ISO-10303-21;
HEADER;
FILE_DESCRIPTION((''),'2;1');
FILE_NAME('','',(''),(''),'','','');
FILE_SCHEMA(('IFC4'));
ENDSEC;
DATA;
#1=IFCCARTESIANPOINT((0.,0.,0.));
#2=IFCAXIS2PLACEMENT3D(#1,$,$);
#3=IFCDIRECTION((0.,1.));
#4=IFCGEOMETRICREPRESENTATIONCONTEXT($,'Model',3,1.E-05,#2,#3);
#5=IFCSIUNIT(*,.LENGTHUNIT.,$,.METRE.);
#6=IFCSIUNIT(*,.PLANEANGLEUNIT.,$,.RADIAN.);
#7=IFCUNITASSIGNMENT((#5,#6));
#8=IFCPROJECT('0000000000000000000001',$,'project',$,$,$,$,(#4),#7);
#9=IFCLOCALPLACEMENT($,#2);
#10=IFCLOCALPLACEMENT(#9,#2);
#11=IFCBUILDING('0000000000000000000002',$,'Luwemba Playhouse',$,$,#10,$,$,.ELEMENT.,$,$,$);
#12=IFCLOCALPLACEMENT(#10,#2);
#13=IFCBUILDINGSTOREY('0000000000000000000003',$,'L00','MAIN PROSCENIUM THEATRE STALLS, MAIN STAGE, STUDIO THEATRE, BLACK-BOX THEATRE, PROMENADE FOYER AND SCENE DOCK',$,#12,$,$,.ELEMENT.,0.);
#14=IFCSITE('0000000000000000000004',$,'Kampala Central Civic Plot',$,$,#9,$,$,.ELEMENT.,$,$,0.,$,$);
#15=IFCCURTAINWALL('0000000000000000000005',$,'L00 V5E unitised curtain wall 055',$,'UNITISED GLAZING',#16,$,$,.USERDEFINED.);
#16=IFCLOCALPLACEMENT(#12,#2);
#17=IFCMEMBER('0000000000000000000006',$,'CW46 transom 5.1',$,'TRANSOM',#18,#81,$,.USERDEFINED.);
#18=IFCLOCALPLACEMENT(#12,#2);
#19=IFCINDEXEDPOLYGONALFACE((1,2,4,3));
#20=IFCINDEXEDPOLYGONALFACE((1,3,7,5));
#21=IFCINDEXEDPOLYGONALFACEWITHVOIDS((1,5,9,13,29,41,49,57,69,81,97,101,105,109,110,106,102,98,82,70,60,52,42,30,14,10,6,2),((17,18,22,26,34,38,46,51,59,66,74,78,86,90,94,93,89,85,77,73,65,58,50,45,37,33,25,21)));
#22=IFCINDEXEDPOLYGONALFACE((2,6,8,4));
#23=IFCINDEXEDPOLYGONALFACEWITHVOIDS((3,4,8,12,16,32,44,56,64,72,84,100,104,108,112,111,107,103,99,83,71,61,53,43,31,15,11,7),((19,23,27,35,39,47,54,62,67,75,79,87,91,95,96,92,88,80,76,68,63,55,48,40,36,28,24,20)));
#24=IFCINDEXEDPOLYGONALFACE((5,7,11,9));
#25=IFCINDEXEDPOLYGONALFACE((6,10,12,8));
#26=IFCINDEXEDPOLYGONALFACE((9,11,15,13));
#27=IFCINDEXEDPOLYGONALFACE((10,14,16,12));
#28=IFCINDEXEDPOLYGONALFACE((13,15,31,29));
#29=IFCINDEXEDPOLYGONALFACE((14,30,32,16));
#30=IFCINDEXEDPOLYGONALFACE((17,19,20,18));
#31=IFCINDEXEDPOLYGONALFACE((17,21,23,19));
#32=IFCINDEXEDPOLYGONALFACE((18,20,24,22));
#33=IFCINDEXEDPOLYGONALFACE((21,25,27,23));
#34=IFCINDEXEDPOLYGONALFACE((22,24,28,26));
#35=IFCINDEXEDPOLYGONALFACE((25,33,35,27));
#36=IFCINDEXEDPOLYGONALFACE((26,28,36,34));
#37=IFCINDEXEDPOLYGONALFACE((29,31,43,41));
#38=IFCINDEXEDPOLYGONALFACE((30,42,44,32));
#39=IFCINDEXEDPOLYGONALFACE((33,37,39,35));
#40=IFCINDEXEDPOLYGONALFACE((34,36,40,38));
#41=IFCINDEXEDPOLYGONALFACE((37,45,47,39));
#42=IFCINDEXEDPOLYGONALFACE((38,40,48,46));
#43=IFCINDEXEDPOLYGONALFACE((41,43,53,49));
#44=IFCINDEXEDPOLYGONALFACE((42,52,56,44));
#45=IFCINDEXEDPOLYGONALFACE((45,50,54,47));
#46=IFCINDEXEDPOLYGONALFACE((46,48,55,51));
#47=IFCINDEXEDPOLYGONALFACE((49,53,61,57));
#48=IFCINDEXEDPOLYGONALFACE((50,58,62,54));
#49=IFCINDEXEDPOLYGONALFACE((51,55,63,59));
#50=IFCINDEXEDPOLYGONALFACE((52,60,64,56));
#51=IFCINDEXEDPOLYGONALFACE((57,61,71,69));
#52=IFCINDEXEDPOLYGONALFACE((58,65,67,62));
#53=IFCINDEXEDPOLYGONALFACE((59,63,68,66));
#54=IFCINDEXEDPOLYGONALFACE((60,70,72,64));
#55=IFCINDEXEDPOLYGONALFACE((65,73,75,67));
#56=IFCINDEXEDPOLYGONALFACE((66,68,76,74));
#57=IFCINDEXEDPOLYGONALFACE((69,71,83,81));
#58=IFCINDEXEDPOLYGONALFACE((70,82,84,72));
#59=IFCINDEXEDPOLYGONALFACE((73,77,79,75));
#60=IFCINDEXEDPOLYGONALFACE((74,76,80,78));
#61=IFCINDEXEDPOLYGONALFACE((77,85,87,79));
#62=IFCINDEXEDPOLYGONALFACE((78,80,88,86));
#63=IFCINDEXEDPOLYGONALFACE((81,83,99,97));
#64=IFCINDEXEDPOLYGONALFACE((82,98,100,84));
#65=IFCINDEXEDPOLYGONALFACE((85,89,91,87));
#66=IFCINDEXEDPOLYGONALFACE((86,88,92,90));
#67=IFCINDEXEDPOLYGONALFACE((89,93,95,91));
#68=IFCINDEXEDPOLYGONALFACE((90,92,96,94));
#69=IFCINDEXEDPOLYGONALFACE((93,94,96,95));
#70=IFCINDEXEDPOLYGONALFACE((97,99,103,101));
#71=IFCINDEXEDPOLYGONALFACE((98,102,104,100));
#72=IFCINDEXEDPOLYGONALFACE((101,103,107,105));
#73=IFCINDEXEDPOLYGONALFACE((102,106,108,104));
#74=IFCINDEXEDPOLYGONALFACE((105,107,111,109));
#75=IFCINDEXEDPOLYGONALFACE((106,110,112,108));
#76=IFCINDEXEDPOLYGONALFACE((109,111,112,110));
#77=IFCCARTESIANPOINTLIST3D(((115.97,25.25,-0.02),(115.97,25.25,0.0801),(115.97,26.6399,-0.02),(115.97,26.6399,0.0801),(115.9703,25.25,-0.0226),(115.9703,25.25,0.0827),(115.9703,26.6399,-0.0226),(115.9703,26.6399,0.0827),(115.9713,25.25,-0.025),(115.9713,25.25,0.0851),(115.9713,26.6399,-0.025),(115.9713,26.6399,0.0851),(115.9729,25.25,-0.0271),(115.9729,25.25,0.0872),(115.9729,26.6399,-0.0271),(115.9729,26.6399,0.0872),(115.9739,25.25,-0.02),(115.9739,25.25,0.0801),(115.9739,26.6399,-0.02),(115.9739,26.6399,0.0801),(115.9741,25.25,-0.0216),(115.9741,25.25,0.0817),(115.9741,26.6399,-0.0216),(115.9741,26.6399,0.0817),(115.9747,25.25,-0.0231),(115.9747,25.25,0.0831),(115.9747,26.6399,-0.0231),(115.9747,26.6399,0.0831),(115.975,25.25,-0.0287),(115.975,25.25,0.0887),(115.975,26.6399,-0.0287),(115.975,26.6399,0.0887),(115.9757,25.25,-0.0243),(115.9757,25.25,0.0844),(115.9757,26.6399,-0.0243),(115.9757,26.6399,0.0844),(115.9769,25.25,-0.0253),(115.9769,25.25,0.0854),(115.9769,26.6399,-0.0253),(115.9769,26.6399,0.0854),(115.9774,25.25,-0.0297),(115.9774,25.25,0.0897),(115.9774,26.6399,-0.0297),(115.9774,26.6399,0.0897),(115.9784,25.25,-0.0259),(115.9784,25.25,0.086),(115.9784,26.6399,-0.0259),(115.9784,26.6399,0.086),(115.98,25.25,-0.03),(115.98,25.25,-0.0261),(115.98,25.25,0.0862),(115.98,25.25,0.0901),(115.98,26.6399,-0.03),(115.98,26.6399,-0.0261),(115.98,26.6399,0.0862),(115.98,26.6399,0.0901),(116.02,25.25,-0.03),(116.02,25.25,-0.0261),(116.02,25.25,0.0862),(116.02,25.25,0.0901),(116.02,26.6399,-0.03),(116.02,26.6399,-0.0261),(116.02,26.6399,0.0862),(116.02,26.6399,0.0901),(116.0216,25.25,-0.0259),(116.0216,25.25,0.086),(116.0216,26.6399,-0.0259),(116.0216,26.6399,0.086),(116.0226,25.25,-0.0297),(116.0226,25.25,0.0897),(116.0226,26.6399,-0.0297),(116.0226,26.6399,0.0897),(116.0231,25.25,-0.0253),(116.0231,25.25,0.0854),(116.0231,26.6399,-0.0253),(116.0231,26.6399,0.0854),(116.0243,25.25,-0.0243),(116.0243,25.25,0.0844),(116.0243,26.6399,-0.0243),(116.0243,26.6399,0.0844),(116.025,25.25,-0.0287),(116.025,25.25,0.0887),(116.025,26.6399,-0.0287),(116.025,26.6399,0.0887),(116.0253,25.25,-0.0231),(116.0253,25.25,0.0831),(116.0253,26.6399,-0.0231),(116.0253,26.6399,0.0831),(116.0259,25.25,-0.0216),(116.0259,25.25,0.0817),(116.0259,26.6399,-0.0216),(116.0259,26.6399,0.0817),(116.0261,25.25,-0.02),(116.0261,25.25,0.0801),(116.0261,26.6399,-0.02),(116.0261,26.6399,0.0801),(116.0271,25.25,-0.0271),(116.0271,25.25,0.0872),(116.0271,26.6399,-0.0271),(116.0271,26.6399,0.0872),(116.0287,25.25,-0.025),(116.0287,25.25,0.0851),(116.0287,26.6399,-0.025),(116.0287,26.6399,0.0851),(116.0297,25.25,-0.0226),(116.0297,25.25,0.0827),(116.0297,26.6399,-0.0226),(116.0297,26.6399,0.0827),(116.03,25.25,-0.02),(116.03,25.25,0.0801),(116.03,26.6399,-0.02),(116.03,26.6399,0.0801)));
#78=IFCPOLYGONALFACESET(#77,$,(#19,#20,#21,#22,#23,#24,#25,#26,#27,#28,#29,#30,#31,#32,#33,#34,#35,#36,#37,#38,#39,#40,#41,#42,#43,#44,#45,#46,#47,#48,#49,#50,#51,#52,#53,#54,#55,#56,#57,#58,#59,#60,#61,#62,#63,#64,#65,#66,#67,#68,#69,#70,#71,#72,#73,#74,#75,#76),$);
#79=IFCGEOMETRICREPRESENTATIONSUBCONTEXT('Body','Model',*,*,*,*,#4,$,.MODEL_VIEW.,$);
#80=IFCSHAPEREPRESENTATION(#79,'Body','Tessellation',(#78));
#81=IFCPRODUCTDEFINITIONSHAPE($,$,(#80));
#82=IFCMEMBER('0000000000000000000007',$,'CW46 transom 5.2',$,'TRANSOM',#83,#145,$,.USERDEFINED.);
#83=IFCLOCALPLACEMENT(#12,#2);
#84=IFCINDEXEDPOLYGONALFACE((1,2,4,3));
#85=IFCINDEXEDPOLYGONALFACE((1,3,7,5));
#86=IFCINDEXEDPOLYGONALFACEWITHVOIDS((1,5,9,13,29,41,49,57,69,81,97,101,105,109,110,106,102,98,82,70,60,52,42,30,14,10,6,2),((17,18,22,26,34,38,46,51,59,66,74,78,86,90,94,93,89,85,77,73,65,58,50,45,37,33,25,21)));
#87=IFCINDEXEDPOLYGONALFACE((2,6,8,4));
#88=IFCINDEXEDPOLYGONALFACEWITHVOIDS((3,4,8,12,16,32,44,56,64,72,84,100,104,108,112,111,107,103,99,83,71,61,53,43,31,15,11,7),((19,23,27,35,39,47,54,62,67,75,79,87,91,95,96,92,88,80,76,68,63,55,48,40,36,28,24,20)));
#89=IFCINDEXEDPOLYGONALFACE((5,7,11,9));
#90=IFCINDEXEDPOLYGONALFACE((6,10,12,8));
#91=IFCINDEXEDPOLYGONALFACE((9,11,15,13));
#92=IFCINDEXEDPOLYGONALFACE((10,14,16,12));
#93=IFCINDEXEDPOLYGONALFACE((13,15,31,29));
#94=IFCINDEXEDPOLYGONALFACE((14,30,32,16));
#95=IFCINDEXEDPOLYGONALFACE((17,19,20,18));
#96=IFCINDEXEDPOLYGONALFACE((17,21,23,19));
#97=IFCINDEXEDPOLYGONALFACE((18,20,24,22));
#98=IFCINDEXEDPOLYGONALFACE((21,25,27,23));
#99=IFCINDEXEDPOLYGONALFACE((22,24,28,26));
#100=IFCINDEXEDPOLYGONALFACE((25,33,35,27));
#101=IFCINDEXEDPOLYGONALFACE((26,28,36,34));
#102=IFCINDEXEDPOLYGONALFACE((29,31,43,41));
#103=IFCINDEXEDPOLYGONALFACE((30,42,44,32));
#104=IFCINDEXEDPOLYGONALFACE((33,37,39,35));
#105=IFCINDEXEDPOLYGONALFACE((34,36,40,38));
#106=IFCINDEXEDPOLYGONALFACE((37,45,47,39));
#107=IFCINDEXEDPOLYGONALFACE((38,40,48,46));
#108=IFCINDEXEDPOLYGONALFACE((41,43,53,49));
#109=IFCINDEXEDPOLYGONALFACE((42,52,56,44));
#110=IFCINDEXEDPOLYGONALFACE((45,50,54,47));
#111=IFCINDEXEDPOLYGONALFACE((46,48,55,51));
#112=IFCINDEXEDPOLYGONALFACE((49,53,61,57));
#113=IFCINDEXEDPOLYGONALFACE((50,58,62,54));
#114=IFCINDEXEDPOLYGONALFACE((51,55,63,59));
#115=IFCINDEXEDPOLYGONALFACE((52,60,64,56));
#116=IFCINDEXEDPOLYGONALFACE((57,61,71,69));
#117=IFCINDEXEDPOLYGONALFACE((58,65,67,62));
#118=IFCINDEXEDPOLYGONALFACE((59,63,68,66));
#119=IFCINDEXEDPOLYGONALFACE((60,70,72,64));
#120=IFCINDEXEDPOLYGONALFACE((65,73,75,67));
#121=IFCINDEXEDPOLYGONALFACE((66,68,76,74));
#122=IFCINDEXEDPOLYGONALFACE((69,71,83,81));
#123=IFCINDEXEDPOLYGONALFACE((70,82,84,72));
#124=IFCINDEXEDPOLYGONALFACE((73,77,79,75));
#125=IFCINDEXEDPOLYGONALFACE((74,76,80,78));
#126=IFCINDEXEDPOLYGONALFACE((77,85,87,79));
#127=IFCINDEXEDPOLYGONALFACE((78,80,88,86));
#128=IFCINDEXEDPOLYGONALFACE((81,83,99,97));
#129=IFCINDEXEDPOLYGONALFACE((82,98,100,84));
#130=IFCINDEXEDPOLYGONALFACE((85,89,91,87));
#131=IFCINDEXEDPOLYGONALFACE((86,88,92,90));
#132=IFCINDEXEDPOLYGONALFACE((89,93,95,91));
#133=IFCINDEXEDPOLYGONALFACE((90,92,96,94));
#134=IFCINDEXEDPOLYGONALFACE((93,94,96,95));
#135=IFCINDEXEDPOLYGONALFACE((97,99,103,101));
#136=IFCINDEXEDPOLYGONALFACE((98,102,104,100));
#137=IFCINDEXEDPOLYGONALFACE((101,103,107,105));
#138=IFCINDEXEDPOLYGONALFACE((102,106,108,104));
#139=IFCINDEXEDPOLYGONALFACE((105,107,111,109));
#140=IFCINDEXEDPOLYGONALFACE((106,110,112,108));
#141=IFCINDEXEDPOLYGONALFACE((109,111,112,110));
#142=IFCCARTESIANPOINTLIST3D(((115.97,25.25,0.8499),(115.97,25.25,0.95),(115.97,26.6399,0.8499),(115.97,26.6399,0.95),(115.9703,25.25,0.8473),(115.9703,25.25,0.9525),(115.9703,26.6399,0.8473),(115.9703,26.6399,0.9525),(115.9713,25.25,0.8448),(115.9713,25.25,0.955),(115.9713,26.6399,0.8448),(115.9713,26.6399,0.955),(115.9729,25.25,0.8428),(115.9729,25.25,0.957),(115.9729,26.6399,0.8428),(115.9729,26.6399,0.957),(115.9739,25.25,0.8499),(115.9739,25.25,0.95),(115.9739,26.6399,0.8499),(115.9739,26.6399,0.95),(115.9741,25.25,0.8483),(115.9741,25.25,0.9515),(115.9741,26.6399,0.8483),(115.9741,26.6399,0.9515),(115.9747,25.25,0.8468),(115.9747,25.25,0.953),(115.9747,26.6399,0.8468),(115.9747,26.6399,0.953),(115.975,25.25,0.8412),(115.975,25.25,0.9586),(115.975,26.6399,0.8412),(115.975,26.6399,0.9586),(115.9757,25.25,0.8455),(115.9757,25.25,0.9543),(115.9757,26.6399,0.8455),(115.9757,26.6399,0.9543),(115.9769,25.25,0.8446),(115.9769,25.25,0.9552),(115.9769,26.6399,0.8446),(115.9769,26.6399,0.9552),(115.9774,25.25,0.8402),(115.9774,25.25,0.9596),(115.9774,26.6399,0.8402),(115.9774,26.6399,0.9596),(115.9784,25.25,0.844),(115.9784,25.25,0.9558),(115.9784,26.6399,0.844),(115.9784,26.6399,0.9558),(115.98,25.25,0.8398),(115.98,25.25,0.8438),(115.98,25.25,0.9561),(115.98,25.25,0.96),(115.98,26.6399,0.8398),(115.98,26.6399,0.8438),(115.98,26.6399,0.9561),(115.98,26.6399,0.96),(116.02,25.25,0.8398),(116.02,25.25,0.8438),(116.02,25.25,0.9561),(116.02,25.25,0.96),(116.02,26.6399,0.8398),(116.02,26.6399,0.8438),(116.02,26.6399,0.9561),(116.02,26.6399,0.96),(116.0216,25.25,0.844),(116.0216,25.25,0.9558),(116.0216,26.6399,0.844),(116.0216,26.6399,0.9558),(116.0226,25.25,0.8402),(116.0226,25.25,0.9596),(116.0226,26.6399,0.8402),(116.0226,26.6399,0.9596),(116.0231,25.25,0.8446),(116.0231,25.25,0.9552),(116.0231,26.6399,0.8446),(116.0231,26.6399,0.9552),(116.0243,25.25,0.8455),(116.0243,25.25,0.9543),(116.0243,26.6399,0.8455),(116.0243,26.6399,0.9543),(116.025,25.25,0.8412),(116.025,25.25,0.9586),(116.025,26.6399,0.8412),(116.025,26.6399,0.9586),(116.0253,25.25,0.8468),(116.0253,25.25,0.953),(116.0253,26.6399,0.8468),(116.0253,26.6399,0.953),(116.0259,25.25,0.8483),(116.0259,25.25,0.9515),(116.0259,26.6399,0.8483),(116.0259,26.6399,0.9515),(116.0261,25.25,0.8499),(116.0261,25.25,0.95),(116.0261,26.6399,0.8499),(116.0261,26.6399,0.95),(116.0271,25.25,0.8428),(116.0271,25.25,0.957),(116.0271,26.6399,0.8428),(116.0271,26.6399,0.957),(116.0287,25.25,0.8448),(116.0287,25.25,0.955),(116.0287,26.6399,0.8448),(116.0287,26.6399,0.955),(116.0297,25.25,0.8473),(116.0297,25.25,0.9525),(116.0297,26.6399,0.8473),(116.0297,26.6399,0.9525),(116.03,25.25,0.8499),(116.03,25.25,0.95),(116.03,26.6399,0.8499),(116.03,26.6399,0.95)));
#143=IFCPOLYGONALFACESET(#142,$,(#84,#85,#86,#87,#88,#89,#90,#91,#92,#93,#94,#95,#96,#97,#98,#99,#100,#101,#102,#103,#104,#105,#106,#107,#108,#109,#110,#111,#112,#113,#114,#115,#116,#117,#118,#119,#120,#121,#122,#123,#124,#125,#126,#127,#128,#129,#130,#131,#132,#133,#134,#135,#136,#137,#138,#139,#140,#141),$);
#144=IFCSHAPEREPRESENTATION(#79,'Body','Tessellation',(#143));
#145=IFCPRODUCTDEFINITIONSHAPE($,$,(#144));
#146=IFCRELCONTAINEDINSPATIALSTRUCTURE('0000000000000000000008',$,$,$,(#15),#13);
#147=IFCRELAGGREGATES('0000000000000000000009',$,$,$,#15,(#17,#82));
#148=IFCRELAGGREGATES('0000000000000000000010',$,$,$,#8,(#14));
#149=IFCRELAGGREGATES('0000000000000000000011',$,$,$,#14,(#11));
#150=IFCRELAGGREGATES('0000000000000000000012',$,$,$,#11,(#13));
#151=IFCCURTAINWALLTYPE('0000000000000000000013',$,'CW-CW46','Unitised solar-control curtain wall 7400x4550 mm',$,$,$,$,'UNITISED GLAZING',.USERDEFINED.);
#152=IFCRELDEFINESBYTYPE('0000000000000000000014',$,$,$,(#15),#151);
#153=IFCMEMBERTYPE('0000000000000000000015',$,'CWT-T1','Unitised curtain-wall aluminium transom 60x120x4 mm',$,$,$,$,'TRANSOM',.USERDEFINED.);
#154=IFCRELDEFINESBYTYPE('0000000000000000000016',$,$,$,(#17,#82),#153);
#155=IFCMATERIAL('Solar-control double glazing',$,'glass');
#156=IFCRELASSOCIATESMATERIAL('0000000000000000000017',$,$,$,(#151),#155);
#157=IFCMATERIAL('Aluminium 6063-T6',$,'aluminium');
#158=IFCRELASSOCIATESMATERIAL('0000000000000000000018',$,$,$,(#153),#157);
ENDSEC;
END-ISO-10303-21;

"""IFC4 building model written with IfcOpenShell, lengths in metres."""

from ifc_helpers import new_model, si_unit, direction, frame, origin, origin_2d, place, context, subcontext, project, spatial, hollow_rectangle, extrude, material, material_profile, profile_set, type_object, element, aggregate, save


model = new_model("IFC4")

# Units and contexts
model_context = context("Model", 3, precision=1e-05, world=origin(), true_north=direction((0.0, 1.0)))
body_context = subcontext(model_context, "Body", "Model", "MODEL_VIEW")
ifc_project = project(units=[si_unit("LENGTHUNIT", "METRE"), si_unit("PLANEANGLEUNIT", "RADIAN")], contexts=[model_context])

# Site, building, storey
site_placement = place(None, origin())
site = spatial("IfcSite", under=ifc_project, at=site_placement, Name="Kampala Central Civic Plot", CompositionType="ELEMENT", RefElevation=0.0)
building_placement = place(site_placement, origin())
building = spatial("IfcBuilding", under=site, at=building_placement, Name="Luwemba Playhouse", CompositionType="ELEMENT")
storey_placement = place(building_placement, origin())
storey = spatial("IfcBuildingStorey", under=building, at=storey_placement, Name="L00", Description="MAIN PROSCENIUM THEATRE STALLS, MAIN STAGE, STUDIO THEATRE, BLACK-BOX THEATRE, PROMENADE FOYER AND SCENE DOCK", CompositionType="ELEMENT", Elevation=0.0)

# Curtain wall, members
ifc_material_1 = material(Name="Solar-control double glazing", Category="glass")
curtain_wall_type = type_object("IfcCurtainWallType", Name="CW-CW46", Description="Unitised solar-control curtain wall 7400x4550 mm", ElementType="UNITISED GLAZING", PredefinedType="USERDEFINED", material=ifc_material_1)
curtain_wall_placement = place(storey_placement, origin())
curtain_wall = element("IfcCurtainWall", 1, at=curtain_wall_placement, inside=storey, type_object=curtain_wall_type, Name="L00 V5E unitised curtain wall 055", ObjectType="UNITISED GLAZING", PredefinedType="USERDEFINED")
ifc_material_2 = material(Name="Aluminium 6063-T6", Category="aluminium")
ifc_material_profile_1 = material_profile(ifc_material_2, hollow_rectangle(XDim=0.0601, YDim=0.1201, WallThickness=0.0039, InnerFilletRadius=0.0061, OuterFilletRadius=0.01, at=origin_2d()))
ifc_profile_set_1 = profile_set([ifc_material_profile_1], Name="Aluminium 6063-T6")
member_type_1 = type_object("IfcMemberType", Name="CWT-T1", Description="Unitised curtain-wall aluminium transom 60x120x4 mm", ElementType="TRANSOM", PredefinedType="USERDEFINED", material=ifc_profile_set_1)
member_1_placement = place(storey_placement, frame((116.0, 25.25, 0.03), z_axis=(0.0, 1.0, 0.0), x_axis=(-1.0, 0.0, 0.0)))
member_1 = element("IfcMember", 2, at=member_1_placement, type_object=member_type_1, Name="CW46 transom 5.1", ObjectType="TRANSOM", PredefinedType="USERDEFINED", context=body_context, shape_type="SweptSolid", body=[
    extrude(hollow_rectangle(XDim=0.0601, YDim=0.1201, WallThickness=0.0039, InnerFilletRadius=0.0061, OuterFilletRadius=0.01, at=origin_2d()), origin(), (0.0, 0.0, 1.0), 1.3899),
])
member_2_placement = place(storey_placement, frame((116.0, 25.25, 0.8999), z_axis=(0.0, 1.0, 0.0), x_axis=(-1.0, 0.0, 0.0)))
member_2 = element("IfcMember", 3, at=member_2_placement, type_object=member_type_1, Name="CW46 transom 5.2", ObjectType="TRANSOM", PredefinedType="USERDEFINED", context=body_context, shape_type="SweptSolid", body=[
    extrude(hollow_rectangle(XDim=0.0601, YDim=0.1201, WallThickness=0.0039, InnerFilletRadius=0.0061, OuterFilletRadius=0.01, at=origin_2d()), origin(), (0.0, 0.0, 1.0), 1.3899),
])
aggregate(curtain_wall, [member_1, member_2])

save(model, "model.ifc")
